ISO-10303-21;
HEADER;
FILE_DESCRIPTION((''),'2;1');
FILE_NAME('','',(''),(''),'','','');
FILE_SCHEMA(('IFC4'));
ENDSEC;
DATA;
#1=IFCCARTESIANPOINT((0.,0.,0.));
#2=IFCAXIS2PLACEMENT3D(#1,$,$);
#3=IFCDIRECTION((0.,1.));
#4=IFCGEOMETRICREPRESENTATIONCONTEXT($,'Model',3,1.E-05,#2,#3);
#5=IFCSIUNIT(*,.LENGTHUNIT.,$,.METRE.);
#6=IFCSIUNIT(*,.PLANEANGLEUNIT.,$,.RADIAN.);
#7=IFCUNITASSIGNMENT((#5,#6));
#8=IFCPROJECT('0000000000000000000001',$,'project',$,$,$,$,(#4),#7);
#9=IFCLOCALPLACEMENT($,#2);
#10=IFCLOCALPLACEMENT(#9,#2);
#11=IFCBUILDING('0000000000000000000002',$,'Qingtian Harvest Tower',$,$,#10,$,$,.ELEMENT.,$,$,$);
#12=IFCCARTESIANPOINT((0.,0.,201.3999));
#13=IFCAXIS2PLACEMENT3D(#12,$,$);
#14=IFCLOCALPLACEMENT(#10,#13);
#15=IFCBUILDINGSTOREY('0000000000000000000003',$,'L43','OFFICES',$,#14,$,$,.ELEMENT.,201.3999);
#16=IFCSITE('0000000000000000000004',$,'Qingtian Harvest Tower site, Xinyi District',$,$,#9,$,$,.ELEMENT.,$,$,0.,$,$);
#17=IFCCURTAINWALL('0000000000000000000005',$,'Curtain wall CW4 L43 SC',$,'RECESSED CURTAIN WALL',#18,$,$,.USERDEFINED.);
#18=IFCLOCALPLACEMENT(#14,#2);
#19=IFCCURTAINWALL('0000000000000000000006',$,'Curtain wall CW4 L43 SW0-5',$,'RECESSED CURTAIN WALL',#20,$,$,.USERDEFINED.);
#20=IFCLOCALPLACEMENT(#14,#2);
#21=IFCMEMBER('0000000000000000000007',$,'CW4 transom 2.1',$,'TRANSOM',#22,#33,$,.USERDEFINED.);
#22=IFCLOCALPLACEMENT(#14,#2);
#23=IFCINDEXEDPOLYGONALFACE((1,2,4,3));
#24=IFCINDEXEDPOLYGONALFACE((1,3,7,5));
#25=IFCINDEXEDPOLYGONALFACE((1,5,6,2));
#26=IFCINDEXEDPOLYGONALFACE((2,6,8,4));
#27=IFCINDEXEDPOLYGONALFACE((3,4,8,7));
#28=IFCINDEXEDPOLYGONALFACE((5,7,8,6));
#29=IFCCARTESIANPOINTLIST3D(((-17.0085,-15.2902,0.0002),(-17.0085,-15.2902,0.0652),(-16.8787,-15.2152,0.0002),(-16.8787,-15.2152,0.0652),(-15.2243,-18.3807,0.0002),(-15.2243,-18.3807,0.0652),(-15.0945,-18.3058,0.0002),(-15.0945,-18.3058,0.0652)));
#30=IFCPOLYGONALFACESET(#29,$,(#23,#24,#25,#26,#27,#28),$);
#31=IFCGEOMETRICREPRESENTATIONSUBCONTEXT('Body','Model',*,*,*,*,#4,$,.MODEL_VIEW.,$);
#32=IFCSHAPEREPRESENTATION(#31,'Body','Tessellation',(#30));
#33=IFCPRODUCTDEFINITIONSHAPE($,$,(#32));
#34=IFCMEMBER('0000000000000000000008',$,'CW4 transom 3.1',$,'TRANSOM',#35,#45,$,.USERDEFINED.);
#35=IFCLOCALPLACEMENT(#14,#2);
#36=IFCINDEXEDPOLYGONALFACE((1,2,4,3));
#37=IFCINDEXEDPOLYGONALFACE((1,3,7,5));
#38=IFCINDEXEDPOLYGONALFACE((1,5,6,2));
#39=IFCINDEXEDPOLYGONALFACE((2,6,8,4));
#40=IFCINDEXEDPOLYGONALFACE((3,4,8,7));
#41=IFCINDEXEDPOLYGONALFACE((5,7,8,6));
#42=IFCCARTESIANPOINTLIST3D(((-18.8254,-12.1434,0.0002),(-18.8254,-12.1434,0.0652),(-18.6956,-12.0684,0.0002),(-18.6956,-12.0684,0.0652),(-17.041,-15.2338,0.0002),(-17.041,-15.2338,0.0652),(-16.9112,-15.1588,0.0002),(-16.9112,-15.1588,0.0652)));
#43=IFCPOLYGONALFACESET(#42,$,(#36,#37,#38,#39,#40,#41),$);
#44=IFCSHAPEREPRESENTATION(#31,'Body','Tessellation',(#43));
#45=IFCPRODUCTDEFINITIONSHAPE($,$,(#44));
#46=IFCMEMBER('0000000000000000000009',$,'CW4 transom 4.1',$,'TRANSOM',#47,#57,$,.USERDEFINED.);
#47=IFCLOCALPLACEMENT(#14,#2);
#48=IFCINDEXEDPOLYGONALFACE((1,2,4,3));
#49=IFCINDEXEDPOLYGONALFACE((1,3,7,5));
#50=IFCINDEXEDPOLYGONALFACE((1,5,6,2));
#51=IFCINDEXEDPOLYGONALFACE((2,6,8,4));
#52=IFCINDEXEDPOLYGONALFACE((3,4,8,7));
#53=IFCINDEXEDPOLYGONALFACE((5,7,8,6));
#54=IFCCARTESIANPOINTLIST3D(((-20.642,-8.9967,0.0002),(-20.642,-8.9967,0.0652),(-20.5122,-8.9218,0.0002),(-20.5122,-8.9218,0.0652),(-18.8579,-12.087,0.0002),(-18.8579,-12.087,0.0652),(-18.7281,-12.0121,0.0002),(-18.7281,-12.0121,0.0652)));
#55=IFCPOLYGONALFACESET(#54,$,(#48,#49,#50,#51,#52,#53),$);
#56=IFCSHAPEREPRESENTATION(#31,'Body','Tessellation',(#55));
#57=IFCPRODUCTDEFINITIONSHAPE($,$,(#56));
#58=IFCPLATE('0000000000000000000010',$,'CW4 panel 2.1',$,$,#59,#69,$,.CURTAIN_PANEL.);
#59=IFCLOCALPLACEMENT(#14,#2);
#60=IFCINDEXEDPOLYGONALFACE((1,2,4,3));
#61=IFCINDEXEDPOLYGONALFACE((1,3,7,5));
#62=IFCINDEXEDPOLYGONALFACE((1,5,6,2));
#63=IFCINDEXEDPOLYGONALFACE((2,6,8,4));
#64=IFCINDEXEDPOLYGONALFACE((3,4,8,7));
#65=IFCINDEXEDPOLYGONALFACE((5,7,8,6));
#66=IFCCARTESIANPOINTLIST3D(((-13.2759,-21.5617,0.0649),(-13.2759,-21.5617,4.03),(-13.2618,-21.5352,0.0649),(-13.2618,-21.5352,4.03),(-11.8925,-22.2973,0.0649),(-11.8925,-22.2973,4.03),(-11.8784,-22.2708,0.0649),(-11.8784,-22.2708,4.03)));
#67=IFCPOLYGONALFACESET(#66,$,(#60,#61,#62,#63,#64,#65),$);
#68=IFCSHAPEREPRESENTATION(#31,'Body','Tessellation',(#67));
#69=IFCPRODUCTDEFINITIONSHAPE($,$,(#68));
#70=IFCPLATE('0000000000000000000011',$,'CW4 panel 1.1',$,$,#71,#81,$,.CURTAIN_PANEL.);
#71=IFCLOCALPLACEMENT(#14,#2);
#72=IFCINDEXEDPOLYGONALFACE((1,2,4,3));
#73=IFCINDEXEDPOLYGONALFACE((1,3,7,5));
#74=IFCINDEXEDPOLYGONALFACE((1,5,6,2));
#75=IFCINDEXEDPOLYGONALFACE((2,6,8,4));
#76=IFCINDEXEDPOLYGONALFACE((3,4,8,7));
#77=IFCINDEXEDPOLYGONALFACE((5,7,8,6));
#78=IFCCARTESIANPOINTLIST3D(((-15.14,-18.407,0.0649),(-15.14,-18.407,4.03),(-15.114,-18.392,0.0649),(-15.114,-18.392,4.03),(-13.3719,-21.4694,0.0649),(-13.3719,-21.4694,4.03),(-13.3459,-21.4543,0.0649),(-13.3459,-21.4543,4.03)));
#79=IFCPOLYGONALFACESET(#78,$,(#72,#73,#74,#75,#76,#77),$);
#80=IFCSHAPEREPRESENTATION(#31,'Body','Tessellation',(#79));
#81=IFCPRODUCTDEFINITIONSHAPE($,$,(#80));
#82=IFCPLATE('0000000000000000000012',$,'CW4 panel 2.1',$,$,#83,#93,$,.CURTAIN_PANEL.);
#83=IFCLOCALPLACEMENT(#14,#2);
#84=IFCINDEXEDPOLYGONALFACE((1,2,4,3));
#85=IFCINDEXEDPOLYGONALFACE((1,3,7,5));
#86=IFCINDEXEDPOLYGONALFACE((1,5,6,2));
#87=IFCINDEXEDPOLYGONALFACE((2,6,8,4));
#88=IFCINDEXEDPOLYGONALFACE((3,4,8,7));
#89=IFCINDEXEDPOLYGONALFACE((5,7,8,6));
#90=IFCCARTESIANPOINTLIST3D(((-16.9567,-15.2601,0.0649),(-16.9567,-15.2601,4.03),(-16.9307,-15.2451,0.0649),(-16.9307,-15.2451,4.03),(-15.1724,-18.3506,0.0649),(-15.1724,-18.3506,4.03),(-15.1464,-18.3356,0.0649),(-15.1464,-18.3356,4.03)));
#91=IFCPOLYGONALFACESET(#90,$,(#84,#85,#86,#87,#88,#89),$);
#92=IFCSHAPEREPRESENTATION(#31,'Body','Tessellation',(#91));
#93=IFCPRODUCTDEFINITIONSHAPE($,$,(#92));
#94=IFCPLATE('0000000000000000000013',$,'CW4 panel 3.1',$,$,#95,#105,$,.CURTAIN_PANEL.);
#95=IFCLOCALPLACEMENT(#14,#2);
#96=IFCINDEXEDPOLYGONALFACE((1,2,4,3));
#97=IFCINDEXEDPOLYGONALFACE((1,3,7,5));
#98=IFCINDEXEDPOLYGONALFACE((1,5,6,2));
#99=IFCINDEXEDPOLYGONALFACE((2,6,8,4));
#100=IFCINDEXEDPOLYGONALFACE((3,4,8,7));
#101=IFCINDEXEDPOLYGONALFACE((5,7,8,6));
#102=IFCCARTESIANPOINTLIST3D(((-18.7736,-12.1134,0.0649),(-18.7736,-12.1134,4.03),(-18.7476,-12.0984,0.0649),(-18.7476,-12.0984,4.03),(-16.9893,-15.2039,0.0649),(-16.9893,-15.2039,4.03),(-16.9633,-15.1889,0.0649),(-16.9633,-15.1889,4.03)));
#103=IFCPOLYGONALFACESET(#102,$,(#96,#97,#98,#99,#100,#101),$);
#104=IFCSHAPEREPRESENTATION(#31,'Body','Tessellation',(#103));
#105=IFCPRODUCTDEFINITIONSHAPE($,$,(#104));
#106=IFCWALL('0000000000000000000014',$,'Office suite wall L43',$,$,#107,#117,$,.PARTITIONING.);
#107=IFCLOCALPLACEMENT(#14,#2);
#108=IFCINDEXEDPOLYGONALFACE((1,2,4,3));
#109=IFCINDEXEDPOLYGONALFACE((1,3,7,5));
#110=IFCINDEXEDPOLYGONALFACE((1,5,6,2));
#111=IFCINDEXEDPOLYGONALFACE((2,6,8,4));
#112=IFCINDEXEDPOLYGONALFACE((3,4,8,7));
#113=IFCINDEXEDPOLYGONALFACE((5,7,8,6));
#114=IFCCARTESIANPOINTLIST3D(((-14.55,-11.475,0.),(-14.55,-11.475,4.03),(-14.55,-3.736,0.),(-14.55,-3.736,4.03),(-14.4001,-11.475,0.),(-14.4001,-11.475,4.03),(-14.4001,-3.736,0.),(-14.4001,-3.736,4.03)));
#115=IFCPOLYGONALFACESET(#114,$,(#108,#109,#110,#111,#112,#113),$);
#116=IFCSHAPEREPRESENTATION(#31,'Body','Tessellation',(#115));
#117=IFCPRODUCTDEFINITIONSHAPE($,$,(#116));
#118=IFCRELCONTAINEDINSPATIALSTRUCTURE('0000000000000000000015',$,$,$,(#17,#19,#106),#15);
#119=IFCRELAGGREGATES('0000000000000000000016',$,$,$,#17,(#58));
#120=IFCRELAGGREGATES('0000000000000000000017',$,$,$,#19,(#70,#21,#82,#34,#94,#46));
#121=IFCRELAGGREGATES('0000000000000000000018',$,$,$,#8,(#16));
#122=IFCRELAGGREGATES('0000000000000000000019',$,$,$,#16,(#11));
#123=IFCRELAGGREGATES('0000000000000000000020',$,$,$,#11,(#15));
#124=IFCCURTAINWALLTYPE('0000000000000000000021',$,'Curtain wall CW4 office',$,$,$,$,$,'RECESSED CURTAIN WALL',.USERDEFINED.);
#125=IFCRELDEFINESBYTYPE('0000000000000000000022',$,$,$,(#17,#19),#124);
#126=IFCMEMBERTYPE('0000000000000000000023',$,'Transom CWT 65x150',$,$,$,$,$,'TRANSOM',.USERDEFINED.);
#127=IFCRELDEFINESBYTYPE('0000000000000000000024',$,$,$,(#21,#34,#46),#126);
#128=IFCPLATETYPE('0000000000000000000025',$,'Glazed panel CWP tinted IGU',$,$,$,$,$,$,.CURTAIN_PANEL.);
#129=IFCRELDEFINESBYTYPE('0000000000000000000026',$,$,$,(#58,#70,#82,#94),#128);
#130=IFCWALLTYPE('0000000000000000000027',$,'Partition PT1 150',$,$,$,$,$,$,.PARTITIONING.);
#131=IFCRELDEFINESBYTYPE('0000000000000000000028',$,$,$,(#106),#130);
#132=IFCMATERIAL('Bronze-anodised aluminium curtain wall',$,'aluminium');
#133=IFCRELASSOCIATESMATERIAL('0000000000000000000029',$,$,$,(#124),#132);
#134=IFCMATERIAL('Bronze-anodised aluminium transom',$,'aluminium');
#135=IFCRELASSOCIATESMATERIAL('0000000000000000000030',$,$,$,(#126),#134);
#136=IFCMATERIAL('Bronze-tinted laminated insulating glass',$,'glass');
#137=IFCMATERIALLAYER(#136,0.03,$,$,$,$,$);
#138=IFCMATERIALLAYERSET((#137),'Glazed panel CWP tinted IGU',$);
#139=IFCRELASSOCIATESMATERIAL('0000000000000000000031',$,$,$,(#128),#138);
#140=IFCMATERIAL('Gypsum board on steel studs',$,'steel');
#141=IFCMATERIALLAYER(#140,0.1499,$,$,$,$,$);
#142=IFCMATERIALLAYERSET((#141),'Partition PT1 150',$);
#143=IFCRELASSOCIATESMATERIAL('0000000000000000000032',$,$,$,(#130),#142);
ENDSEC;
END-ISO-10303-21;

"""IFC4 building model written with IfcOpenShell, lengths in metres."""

from ifc_helpers import new_model, si_unit, direction, frame, frame_2d, origin, origin_2d, place, context, subcontext, project, spatial, rectangle, extrude, material, layer, layer_set, material_profile, profile_set, type_object, element, aggregate, save


model = new_model("IFC4")

# Units and contexts
model_context = context("Model", 3, precision=1e-05, world=origin(), true_north=direction((0.0, 1.0)))
body_context = subcontext(model_context, "Body", "Model", "MODEL_VIEW")
ifc_project = project(units=[si_unit("LENGTHUNIT", "METRE"), si_unit("PLANEANGLEUNIT", "RADIAN")], contexts=[model_context])

# Site, building, storey
site_placement = place(None, origin())
site = spatial("IfcSite", under=ifc_project, at=site_placement, Name="Qingtian Harvest Tower site, Xinyi District", CompositionType="ELEMENT", RefElevation=0.0)
building_placement = place(site_placement, origin())
building = spatial("IfcBuilding", under=site, at=building_placement, Name="Qingtian Harvest Tower", CompositionType="ELEMENT")
storey_placement = place(building_placement, frame((0.0, 0.0, 201.3999)))
storey = spatial("IfcBuildingStorey", under=building, at=storey_placement, Name="L43", Description="OFFICES", CompositionType="ELEMENT", Elevation=201.3999)

# Curtain wall
ifc_material_1 = material(Name="Bronze-anodised aluminium curtain wall", Category="aluminium")
curtain_wall_type = type_object("IfcCurtainWallType", Name="Curtain wall CW4 office", ElementType="RECESSED CURTAIN WALL", PredefinedType="USERDEFINED", material=ifc_material_1)
curtain_wall_1_placement = place(storey_placement, origin())
curtain_wall_1 = element("IfcCurtainWall", 1, at=curtain_wall_1_placement, inside=storey, type_object=curtain_wall_type, Name="Curtain wall CW4 L43 SC", ObjectType="RECESSED CURTAIN WALL", PredefinedType="USERDEFINED")

# Curtain wall
curtain_wall_2_placement = place(storey_placement, origin())
curtain_wall_2 = element("IfcCurtainWall", 2, at=curtain_wall_2_placement, inside=storey, type_object=curtain_wall_type, Name="Curtain wall CW4 L43 SW0-5", ObjectType="RECESSED CURTAIN WALL", PredefinedType="USERDEFINED")

# Members
ifc_material_2 = material(Name="Bronze-anodised aluminium transom", Category="aluminium")
ifc_material_profile_1 = material_profile(ifc_material_2, rectangle(XDim=0.1499, YDim=0.0649, at=origin_2d()), Name="AL 65x150")
ifc_profile_set_1 = profile_set([ifc_material_profile_1], Name="Bronze-anodised aluminium transom")
member_type_1 = type_object("IfcMemberType", Name="Transom CWT 65x150", ElementType="TRANSOM", PredefinedType="USERDEFINED", material=ifc_profile_set_1)
member_1_placement = place(storey_placement, frame((-15.1594, -18.3433, 0.0327), z_axis=(-0.499965, 0.866045, 0.0), x_axis=(-0.866045, -0.499965, 0.0)))
member_1 = element("IfcMember", 3, at=member_1_placement, type_object=member_type_1, Name="CW4 transom 2.1", ObjectType="TRANSOM", PredefinedType="USERDEFINED", context=body_context, shape_type="SweptSolid", body=[
    extrude(rectangle(XDim=0.1499, YDim=0.0649, at=origin_2d()), origin(), (0.0, 0.0, 1.0), 3.5686),
])
member_2_placement = place(storey_placement, frame((-16.9761, -15.1963, 0.0327), z_axis=(-0.500046, 0.865999, 0.0), x_axis=(-0.865999, -0.500046, 0.0)))
member_2 = element("IfcMember", 4, at=member_2_placement, type_object=member_type_1, Name="CW4 transom 3.1", ObjectType="TRANSOM", PredefinedType="USERDEFINED", context=body_context, shape_type="SweptSolid", body=[
    extrude(rectangle(XDim=0.1499, YDim=0.0649, at=origin_2d()), origin(), (0.0, 0.0, 1.0), 3.5686),
])
member_3_placement = place(storey_placement, frame((-18.793, -12.0496, 0.0327), z_axis=(-0.499995, 0.866028, 0.0), x_axis=(-0.866028, -0.499995, 0.0)))
member_3 = element("IfcMember", 5, at=member_3_placement, type_object=member_type_1, Name="CW4 transom 4.1", ObjectType="TRANSOM", PredefinedType="USERDEFINED", context=body_context, shape_type="SweptSolid", body=[
    extrude(rectangle(XDim=0.1499, YDim=0.0649, at=origin_2d()), origin(), (0.0, 0.0, 1.0), 3.5684),
])

# Plates
ifc_material_3 = material(Name="Bronze-tinted laminated insulating glass", Category="glass")
ifc_layer_1 = layer(ifc_material_3, 0.03)
ifc_layer_set_1 = layer_set([ifc_layer_1], Name="Glazed panel CWP tinted IGU")
plate_type = type_object("IfcPlateType", Name="Glazed panel CWP tinted IGU", PredefinedType="CURTAIN_PANEL", material=ifc_layer_set_1)
plate_1_placement = place(storey_placement, frame((-12.5771, -21.9163, 0.0649), z_axis=(0.0, 0.0, 1.0), x_axis=(-0.882948, 0.469472, 0.0)))
plate_1 = element("IfcPlate", 6, at=plate_1_placement, type_object=plate_type, Name="CW4 panel 2.1", PredefinedType="CURTAIN_PANEL", context=body_context, shape_type="SweptSolid", body=[
    extrude(rectangle(XDim=1.5669, YDim=0.03, at=origin_2d()), origin(), (0.0, 0.0, 1.0), 3.9651),
])
aggregate(curtain_wall_1, [plate_1])
plate_2_placement = place(storey_placement, frame((-14.2429, -19.9307, 0.0649), z_axis=(0.0, 0.0, 1.0), x_axis=(-0.5, 0.866025, 0.0)))
plate_2 = element("IfcPlate", 7, at=plate_2_placement, type_object=plate_type, Name="CW4 panel 1.1", PredefinedType="CURTAIN_PANEL", context=body_context, shape_type="SweptSolid", body=[
    extrude(rectangle(XDim=3.5361, YDim=0.03, at=origin_2d()), origin(), (0.0, 0.0, 1.0), 3.9651),
])
plate_3_placement = place(storey_placement, frame((-16.0515, -16.7979, 0.0649), z_axis=(0.0, 0.0, 1.0), x_axis=(-0.5, 0.866025, 0.0)))
plate_3 = element("IfcPlate", 8, at=plate_3_placement, type_object=plate_type, Name="CW4 panel 2.1", PredefinedType="CURTAIN_PANEL", context=body_context, shape_type="SweptSolid", body=[
    extrude(rectangle(XDim=3.5686, YDim=0.03, at=origin_2d()), origin(), (0.0, 0.0, 1.0), 3.9651),
])
plate_4_placement = place(storey_placement, frame((-17.8684, -13.6511, 0.0649), z_axis=(0.0, 0.0, 1.0), x_axis=(-0.5, 0.866025, 0.0)))
plate_4 = element("IfcPlate", 9, at=plate_4_placement, type_object=plate_type, Name="CW4 panel 3.1", PredefinedType="CURTAIN_PANEL", context=body_context, shape_type="SweptSolid", body=[
    extrude(rectangle(XDim=3.5686, YDim=0.03, at=origin_2d()), origin(), (0.0, 0.0, 1.0), 3.9651),
])
aggregate(curtain_wall_2, [plate_2, member_1, plate_3, member_2, plate_4, member_3])

# Wall
ifc_material_4 = material(Name="Gypsum board on steel studs", Category="steel")
ifc_layer_2 = layer(ifc_material_4, 0.1499)
ifc_layer_set_2 = layer_set([ifc_layer_2], Name="Partition PT1 150")
wall_type = type_object("IfcWallType", Name="Partition PT1 150", PredefinedType="PARTITIONING", material=ifc_layer_set_2)
wall_placement = place(storey_placement, frame((-14.4751, -11.4751, 0.0), z_axis=(0.0, 0.0, 1.0), x_axis=(0.0, 1.0, 0.0)))
element("IfcWall", 10, at=wall_placement, inside=storey, type_object=wall_type, Name="Office suite wall L43", PredefinedType="PARTITIONING", context=body_context, shape_type="SweptSolid", body=[
    extrude(rectangle(XDim=7.739, YDim=0.1499, at=frame_2d((3.8696, 0.0))), origin(), (0.0, 0.0, 1.0), 4.03),
])

save(model, "model.ifc")
